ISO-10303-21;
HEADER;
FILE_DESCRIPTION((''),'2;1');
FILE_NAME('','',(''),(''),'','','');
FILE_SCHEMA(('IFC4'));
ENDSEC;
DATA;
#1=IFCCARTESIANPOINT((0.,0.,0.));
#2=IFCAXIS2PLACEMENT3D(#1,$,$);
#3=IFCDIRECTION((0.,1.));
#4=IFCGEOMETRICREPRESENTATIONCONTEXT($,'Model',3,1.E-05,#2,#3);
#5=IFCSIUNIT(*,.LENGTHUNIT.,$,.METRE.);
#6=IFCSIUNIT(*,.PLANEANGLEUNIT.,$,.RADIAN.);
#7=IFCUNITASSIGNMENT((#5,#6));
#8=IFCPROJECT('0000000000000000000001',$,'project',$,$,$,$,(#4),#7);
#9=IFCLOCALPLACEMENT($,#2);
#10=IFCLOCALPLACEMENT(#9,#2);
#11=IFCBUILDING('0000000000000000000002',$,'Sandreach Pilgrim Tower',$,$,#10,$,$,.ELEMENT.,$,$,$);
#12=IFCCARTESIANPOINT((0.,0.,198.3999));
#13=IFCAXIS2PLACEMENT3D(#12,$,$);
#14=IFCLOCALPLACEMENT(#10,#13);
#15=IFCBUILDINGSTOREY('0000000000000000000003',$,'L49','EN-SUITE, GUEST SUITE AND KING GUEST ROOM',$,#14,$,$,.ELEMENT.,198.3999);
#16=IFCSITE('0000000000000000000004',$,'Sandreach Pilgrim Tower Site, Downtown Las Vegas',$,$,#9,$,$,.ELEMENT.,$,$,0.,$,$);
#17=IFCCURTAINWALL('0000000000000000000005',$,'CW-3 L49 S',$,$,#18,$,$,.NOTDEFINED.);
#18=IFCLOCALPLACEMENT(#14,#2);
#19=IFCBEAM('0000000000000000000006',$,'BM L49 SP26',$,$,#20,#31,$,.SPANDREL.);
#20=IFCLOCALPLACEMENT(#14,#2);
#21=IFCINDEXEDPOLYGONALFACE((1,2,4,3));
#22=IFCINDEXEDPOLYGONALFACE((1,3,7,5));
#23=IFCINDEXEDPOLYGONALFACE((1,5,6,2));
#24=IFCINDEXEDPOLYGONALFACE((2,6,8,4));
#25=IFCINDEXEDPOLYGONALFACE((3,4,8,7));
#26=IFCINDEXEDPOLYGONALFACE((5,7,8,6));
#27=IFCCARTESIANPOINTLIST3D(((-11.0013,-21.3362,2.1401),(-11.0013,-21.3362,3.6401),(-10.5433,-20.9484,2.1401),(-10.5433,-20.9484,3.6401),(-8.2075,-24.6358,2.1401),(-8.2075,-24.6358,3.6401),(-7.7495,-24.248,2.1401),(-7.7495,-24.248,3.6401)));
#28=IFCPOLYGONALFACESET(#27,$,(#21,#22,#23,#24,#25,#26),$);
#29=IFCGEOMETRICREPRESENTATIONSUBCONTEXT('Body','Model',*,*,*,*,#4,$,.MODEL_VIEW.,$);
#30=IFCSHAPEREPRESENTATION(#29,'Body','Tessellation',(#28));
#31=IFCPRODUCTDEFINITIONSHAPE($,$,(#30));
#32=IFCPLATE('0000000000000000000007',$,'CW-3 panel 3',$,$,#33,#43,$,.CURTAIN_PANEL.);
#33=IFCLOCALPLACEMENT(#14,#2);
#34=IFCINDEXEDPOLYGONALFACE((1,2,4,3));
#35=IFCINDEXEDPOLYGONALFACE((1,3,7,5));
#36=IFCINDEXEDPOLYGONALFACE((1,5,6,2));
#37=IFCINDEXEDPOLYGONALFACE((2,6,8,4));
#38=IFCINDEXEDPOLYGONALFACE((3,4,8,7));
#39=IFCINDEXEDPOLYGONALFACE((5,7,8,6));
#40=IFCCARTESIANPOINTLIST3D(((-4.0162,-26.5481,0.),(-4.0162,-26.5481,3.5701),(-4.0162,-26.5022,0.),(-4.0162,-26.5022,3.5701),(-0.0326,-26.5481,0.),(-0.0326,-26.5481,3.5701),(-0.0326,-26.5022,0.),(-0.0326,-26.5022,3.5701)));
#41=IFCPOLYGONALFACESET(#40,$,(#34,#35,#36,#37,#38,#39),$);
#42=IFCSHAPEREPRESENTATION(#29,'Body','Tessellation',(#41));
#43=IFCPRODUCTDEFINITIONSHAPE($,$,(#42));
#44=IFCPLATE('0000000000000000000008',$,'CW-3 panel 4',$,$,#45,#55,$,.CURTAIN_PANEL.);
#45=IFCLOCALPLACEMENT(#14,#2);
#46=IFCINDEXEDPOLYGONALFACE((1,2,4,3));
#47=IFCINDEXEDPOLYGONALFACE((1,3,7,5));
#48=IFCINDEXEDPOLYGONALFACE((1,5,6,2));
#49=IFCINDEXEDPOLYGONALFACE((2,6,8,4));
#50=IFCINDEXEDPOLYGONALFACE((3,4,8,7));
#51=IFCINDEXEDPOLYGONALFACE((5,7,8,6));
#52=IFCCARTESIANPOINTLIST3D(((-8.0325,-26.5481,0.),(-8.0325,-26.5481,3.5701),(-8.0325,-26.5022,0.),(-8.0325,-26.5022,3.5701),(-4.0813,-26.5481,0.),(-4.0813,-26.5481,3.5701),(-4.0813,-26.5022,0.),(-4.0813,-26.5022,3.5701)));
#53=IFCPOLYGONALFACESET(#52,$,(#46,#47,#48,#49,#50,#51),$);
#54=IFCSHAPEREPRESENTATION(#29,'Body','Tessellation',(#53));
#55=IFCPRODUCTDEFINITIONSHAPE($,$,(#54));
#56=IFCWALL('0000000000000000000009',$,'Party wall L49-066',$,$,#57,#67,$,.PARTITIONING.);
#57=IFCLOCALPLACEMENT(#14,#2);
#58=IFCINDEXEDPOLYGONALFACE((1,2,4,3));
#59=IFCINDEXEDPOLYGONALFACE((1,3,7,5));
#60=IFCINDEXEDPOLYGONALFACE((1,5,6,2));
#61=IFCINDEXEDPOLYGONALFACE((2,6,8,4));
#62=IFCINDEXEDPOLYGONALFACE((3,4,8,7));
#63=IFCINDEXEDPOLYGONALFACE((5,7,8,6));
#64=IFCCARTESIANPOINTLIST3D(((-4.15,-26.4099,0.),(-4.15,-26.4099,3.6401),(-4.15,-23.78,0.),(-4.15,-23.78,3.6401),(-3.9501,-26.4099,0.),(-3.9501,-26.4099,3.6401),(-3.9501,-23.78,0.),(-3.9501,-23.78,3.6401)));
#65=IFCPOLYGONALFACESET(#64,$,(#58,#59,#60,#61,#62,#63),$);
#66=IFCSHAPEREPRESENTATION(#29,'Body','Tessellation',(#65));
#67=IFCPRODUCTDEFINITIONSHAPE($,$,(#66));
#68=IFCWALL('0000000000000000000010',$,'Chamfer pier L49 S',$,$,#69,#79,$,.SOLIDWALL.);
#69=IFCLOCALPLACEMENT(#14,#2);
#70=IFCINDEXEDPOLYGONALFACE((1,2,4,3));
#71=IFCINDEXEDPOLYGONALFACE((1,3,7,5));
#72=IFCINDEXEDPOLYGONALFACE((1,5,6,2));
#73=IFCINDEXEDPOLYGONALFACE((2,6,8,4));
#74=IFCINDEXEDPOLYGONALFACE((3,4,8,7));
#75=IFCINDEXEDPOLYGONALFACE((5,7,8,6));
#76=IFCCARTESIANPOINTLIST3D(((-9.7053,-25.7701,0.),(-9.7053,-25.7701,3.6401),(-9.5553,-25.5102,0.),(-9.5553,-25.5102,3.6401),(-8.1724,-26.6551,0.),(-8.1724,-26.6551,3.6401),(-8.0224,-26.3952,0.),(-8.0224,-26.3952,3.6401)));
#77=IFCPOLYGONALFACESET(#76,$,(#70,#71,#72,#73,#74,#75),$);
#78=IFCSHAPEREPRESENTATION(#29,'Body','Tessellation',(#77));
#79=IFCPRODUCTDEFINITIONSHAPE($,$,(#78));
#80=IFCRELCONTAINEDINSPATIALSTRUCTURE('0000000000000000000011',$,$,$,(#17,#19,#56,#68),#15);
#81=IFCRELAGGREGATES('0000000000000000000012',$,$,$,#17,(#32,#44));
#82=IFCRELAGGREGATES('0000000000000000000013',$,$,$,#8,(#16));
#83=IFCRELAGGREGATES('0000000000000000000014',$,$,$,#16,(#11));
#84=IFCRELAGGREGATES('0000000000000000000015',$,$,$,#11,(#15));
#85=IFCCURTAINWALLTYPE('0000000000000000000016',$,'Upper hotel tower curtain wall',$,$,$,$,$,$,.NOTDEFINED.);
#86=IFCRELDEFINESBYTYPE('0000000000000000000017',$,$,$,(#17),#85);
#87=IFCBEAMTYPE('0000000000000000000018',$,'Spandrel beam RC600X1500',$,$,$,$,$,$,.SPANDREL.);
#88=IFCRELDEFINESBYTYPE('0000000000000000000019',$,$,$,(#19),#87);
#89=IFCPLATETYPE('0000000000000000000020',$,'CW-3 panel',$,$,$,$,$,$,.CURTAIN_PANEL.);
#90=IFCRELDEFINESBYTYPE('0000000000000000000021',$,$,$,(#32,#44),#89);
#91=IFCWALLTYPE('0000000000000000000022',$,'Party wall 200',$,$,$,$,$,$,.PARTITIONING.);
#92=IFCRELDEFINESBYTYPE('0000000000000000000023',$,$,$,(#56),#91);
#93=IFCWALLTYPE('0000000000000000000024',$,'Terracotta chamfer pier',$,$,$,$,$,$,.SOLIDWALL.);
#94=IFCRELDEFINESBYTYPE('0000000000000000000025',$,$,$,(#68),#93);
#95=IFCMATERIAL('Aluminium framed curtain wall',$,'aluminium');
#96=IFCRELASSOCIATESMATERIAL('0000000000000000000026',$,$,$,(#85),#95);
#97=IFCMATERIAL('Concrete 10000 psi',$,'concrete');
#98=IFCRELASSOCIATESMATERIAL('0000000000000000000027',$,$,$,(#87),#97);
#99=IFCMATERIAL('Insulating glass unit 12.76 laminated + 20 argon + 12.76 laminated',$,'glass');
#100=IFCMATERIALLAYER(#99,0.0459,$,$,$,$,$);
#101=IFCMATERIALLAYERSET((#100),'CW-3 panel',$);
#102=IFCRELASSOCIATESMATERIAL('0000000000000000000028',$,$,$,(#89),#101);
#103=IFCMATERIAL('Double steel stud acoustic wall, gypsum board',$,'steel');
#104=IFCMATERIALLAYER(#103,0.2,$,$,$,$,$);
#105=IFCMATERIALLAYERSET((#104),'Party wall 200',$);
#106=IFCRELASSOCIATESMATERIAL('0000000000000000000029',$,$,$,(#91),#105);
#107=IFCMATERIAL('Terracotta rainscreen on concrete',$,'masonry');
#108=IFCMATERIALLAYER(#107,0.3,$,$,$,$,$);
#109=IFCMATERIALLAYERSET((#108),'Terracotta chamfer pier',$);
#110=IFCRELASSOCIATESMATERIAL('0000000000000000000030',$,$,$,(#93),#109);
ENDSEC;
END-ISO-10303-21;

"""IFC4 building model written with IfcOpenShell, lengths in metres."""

from ifc_helpers import new_model, si_unit, direction, frame, frame_2d, origin, origin_2d, place, context, subcontext, project, spatial, rectangle, extrude, material, layer, layer_set, material_profile, profile_set, type_object, element, aggregate, save


model = new_model("IFC4")

# Units and contexts
model_context = context("Model", 3, precision=1e-05, world=origin(), true_north=direction((0.0, 1.0)))
body_context = subcontext(model_context, "Body", "Model", "MODEL_VIEW")
ifc_project = project(units=[si_unit("LENGTHUNIT", "METRE"), si_unit("PLANEANGLEUNIT", "RADIAN")], contexts=[model_context])

# Site, building, storey
site_placement = place(None, origin())
site = spatial("IfcSite", under=ifc_project, at=site_placement, Name="Sandreach Pilgrim Tower Site, Downtown Las Vegas", CompositionType="ELEMENT", RefElevation=0.0)
building_placement = place(site_placement, origin())
building = spatial("IfcBuilding", under=site, at=building_placement, Name="Sandreach Pilgrim Tower", CompositionType="ELEMENT")
storey_placement = place(building_placement, frame((0.0, 0.0, 198.3999)))
storey = spatial("IfcBuildingStorey", under=building, at=storey_placement, Name="L49", Description="EN-SUITE, GUEST SUITE AND KING GUEST ROOM", CompositionType="ELEMENT", Elevation=198.3999)

# Curtain wall
ifc_material_1 = material(Name="Aluminium framed curtain wall", Category="aluminium")
curtain_wall_type = type_object("IfcCurtainWallType", Name="Upper hotel tower curtain wall", PredefinedType="NOTDEFINED", material=ifc_material_1)
curtain_wall_placement = place(storey_placement, origin())
curtain_wall = element("IfcCurtainWall", 1, at=curtain_wall_placement, inside=storey, type_object=curtain_wall_type, Name="CW-3 L49 S", PredefinedType="NOTDEFINED")

# Beam
ifc_material_2 = material(Name="Concrete 10000 psi", Category="concrete")
ifc_material_profile_1 = material_profile(ifc_material_2, rectangle(XDim=0.6001, YDim=1.5, at=origin_2d()), Name="RC600X1500")
ifc_profile_set_1 = profile_set([ifc_material_profile_1], Name="Concrete 10000 psi")
beam_type_1 = type_object("IfcBeamType", Name="Spandrel beam RC600X1500", PredefinedType="SPANDREL", material=ifc_profile_set_1)
beam_1_placement = place(storey_placement, frame((-7.9785, -24.4419, 2.8901), z_axis=(-0.64618, 0.763185, 0.0), x_axis=(-0.763185, -0.64618, 0.0)))
element("IfcBeam", 2, at=beam_1_placement, inside=storey, type_object=beam_type_1, Name="BM L49 SP26", PredefinedType="SPANDREL", context=body_context, shape_type="SweptSolid", body=[
    extrude(rectangle(XDim=0.6001, YDim=1.5, at=origin_2d()), origin(), (0.0, 0.0, 1.0), 4.3235),
])

# Plates
ifc_material_3 = material(Name="Insulating glass unit 12.76 laminated + 20 argon + 12.76 laminated", Category="glass")
ifc_layer_1 = layer(ifc_material_3, 0.0459)
ifc_layer_set_1 = layer_set([ifc_layer_1], Name="CW-3 panel")
plate_type = type_object("IfcPlateType", Name="CW-3 panel", PredefinedType="CURTAIN_PANEL", material=ifc_layer_set_1)
plate_1_placement = place(storey_placement, frame((-2.0244, -26.5251, 0.0), z_axis=(0.0, 0.0, 1.0), x_axis=(-1.0, 0.0, 0.0)))
plate_1 = element("IfcPlate", 3, at=plate_1_placement, type_object=plate_type, Name="CW-3 panel 3", PredefinedType="CURTAIN_PANEL", context=body_context, shape_type="SweptSolid", body=[
    extrude(rectangle(XDim=3.9836, YDim=0.0459, at=origin_2d()), origin(), (0.0, 0.0, 1.0), 3.5701),
])
plate_2_placement = place(storey_placement, frame((-6.0569, -26.5251, 0.0), z_axis=(0.0, 0.0, 1.0), x_axis=(-1.0, 0.0, 0.0)))
plate_2 = element("IfcPlate", 4, at=plate_2_placement, type_object=plate_type, Name="CW-3 panel 4", PredefinedType="CURTAIN_PANEL", context=body_context, shape_type="SweptSolid", body=[
    extrude(rectangle(XDim=3.9512, YDim=0.0459, at=origin_2d()), origin(), (0.0, 0.0, 1.0), 3.5701),
])
aggregate(curtain_wall, [plate_1, plate_2])

# Walls
ifc_material_4 = material(Name="Double steel stud acoustic wall, gypsum board", Category="steel")
ifc_layer_2 = layer(ifc_material_4, 0.2)
ifc_layer_set_2 = layer_set([ifc_layer_2], Name="Party wall 200")
wall_type_1 = type_object("IfcWallType", Name="Party wall 200", PredefinedType="PARTITIONING", material=ifc_layer_set_2)
wall_1_placement = place(storey_placement, frame((-4.05, -26.4099, 0.0), z_axis=(0.0, 0.0, 1.0), x_axis=(0.0, 1.0, 0.0)))
element("IfcWall", 5, at=wall_1_placement, inside=storey, type_object=wall_type_1, Name="Party wall L49-066", PredefinedType="PARTITIONING", context=body_context, shape_type="SweptSolid", body=[
    extrude(rectangle(XDim=2.6299, YDim=0.2, at=frame_2d((1.3149, 0.0))), origin(), (0.0, 0.0, 1.0), 3.6401),
])
ifc_material_5 = material(Name="Terracotta rainscreen on concrete", Category="masonry")
ifc_layer_3 = layer(ifc_material_5, 0.3)
ifc_layer_set_3 = layer_set([ifc_layer_3], Name="Terracotta chamfer pier")
wall_type_2 = type_object("IfcWallType", Name="Terracotta chamfer pier", PredefinedType="SOLIDWALL", material=ifc_layer_set_3)
wall_2_placement = place(storey_placement, frame((-8.0974, -26.5251, 0.0), z_axis=(0.0, 0.0, 1.0), x_axis=(-0.866036, 0.499981, 0.0)))
element("IfcWall", 6, at=wall_2_placement, inside=storey, type_object=wall_type_2, Name="Chamfer pier L49 S", PredefinedType="SOLIDWALL", context=body_context, shape_type="SweptSolid", body=[
    extrude(rectangle(XDim=1.77, YDim=0.3, at=frame_2d((0.885, 0.0))), origin(), (0.0, 0.0, 1.0), 3.6401),
])

save(model, "model.ifc")
